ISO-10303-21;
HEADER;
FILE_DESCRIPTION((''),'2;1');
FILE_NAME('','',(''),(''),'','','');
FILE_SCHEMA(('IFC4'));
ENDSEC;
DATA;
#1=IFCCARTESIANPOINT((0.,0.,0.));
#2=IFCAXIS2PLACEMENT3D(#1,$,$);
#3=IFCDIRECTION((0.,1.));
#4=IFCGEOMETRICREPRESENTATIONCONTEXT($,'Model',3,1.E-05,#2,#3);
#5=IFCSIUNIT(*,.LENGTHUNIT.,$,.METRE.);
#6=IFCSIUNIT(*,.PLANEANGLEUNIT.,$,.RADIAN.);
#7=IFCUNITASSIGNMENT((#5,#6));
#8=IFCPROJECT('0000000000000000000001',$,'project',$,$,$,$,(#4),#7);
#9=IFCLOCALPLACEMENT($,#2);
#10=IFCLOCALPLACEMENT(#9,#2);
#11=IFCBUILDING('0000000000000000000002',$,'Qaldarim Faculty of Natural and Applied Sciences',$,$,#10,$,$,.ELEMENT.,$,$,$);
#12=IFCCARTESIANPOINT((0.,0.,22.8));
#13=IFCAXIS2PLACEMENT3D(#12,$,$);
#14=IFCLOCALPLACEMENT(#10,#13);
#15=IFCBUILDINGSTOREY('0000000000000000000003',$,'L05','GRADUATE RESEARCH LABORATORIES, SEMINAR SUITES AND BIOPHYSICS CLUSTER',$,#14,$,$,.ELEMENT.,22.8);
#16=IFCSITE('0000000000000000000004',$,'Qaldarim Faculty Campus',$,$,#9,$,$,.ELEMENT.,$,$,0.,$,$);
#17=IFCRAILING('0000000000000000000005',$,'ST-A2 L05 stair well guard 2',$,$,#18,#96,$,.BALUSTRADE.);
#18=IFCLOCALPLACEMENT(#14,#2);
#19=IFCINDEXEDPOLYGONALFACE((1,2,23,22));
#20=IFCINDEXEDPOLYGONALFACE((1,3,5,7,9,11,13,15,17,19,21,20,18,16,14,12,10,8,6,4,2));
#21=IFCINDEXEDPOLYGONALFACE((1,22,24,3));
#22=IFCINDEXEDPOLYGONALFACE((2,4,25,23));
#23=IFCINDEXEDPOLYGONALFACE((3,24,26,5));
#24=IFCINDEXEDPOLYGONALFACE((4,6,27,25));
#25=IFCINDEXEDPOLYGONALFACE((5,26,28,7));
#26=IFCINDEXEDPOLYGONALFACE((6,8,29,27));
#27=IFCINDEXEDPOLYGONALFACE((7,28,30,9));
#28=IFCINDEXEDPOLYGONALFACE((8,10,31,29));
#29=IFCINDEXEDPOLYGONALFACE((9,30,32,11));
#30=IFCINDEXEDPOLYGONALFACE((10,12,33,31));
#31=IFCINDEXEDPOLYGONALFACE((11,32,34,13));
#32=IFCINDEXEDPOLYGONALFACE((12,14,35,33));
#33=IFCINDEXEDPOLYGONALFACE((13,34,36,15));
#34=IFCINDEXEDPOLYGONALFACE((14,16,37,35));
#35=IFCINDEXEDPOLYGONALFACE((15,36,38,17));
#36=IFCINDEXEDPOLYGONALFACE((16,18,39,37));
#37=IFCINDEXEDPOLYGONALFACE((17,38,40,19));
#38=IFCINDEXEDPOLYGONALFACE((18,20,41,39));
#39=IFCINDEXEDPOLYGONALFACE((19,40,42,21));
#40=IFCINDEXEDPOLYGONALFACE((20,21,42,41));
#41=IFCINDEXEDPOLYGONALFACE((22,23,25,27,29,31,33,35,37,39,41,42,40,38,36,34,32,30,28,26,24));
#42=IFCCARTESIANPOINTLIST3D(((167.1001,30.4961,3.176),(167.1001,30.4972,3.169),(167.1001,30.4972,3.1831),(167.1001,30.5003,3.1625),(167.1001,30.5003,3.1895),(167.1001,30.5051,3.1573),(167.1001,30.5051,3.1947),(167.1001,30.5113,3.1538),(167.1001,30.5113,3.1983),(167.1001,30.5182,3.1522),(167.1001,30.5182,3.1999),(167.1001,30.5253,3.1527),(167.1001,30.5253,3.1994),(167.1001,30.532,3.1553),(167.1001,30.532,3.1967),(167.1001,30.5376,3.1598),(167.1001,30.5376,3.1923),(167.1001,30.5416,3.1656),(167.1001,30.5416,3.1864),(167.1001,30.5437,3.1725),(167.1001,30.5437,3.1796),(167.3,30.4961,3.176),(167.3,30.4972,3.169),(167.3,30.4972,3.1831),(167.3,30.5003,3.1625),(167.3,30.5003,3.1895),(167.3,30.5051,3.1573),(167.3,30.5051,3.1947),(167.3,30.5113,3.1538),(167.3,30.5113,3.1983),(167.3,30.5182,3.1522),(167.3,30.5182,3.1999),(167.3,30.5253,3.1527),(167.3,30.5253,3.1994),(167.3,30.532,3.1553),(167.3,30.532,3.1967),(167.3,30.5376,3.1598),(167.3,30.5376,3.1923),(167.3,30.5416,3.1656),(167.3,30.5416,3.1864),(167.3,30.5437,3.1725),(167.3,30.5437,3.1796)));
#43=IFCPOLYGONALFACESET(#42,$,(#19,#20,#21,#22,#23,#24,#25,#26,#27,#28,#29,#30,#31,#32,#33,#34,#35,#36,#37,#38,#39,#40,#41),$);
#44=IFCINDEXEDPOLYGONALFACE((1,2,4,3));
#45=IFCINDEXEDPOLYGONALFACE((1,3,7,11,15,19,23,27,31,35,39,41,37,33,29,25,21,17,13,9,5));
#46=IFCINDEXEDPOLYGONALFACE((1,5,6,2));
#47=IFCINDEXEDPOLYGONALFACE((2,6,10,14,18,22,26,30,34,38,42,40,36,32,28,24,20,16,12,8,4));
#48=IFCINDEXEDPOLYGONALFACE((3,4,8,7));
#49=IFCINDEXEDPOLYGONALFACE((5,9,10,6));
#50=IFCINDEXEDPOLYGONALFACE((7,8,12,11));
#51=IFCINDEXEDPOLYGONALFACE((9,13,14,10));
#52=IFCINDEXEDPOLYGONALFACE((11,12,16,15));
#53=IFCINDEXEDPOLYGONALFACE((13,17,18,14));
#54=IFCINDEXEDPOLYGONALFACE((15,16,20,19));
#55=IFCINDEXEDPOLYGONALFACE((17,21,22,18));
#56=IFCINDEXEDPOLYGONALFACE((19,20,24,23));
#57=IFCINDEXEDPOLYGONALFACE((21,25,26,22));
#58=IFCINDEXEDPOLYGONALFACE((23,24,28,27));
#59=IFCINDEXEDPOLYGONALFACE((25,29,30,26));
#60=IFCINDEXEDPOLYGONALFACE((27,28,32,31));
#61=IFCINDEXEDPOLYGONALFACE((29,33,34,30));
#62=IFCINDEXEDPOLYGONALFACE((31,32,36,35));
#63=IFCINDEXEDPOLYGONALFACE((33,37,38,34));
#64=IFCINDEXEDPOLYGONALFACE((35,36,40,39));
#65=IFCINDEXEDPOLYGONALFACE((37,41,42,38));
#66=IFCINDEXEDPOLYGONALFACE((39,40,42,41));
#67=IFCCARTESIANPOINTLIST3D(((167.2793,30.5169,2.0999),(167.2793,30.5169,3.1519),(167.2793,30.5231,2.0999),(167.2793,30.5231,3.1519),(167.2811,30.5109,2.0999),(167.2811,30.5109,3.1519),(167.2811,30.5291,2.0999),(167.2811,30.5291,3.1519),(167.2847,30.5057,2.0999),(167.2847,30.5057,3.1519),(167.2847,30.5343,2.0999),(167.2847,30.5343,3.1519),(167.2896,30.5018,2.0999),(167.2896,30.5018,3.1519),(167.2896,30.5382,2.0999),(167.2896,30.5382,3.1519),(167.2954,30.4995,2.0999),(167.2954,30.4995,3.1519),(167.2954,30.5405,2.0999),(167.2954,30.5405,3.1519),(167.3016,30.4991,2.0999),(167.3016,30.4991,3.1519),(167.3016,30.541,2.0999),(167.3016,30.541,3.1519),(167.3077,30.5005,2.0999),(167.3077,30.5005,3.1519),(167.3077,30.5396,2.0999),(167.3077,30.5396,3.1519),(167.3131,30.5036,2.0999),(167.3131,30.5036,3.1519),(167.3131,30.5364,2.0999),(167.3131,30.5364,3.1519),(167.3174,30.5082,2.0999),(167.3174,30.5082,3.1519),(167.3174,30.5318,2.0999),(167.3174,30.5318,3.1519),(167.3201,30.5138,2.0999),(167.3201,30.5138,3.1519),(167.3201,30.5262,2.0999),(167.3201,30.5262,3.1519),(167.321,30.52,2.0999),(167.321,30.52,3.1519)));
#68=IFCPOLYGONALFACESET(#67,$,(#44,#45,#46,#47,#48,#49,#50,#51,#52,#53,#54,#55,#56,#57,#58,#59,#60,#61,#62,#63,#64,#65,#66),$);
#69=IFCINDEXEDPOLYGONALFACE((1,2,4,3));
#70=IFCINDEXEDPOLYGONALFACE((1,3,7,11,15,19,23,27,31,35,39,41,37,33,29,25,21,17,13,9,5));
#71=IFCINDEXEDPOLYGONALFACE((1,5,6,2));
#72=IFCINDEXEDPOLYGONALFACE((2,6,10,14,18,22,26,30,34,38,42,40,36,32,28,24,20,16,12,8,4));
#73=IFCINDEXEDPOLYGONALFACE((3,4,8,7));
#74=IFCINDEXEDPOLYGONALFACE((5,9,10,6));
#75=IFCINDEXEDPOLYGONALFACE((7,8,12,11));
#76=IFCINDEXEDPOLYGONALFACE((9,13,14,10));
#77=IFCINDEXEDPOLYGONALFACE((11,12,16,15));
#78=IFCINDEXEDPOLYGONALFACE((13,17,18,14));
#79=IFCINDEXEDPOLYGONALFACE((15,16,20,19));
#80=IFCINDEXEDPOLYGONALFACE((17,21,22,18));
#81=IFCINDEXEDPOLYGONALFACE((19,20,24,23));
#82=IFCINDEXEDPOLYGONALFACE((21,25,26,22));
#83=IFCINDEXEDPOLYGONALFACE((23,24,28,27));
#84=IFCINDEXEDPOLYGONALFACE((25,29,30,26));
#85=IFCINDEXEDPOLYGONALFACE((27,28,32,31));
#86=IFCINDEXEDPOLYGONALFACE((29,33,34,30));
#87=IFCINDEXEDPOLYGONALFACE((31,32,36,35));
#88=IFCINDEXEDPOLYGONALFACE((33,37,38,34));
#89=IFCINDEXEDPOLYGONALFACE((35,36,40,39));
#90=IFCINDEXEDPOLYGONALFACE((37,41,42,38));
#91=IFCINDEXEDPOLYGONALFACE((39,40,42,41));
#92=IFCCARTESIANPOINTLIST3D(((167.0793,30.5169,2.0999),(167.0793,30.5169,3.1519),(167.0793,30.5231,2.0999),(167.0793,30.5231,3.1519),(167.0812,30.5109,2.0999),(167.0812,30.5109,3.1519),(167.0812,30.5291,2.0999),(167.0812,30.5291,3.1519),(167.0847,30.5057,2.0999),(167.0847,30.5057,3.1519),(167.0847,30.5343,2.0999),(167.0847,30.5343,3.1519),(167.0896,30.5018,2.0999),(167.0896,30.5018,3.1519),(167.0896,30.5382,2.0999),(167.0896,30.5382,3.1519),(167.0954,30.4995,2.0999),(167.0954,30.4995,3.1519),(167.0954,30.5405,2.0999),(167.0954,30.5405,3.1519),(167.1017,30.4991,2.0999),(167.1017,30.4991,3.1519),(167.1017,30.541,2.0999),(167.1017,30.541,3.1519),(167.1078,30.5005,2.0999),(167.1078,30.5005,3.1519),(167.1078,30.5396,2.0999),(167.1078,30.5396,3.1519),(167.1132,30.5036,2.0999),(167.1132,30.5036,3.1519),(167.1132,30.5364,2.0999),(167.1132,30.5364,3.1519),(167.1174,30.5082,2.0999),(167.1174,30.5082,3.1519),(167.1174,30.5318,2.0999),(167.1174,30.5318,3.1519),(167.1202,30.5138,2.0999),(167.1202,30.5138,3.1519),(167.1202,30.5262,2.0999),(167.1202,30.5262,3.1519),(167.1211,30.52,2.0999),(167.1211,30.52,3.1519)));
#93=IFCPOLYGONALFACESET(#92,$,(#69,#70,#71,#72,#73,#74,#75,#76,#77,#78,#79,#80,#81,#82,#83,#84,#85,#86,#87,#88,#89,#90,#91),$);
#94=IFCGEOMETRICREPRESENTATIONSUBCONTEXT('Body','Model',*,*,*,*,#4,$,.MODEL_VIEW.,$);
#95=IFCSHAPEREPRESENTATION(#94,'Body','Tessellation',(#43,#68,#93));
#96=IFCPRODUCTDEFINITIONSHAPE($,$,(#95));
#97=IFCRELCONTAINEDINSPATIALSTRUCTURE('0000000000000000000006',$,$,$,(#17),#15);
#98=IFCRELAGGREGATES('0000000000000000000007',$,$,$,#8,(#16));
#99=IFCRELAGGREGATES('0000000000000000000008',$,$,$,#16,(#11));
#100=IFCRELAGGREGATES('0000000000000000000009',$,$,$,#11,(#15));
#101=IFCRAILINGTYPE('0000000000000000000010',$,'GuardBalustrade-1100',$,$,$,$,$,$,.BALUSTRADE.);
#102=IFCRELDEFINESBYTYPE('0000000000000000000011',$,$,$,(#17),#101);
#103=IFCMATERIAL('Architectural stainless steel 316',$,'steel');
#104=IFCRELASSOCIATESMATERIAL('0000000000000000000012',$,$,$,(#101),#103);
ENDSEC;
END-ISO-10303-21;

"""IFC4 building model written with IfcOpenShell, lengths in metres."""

from ifc_helpers import new_model, si_unit, direction, frame, origin, origin_2d, place, context, subcontext, project, spatial, circle, extrude, material, type_object, element, save


model = new_model("IFC4")

# Units and contexts
model_context = context("Model", 3, precision=1e-05, world=origin(), true_north=direction((0.0, 1.0)))
body_context = subcontext(model_context, "Body", "Model", "MODEL_VIEW")
ifc_project = project(units=[si_unit("LENGTHUNIT", "METRE"), si_unit("PLANEANGLEUNIT", "RADIAN")], contexts=[model_context])

# Site, building, storey
site_placement = place(None, origin())
site = spatial("IfcSite", under=ifc_project, at=site_placement, Name="Qaldarim Faculty Campus", CompositionType="ELEMENT", RefElevation=0.0)
building_placement = place(site_placement, origin())
building = spatial("IfcBuilding", under=site, at=building_placement, Name="Qaldarim Faculty of Natural and Applied Sciences", CompositionType="ELEMENT")
storey_placement = place(building_placement, frame((0.0, 0.0, 22.8)))
storey = spatial("IfcBuildingStorey", under=building, at=storey_placement, Name="L05", Description="GRADUATE RESEARCH LABORATORIES, SEMINAR SUITES AND BIOPHYSICS CLUSTER", CompositionType="ELEMENT", Elevation=22.8)

# Railing
ifc_material_1 = material(Name="Architectural stainless steel 316", Category="steel")
railing_type = type_object("IfcRailingType", Name="GuardBalustrade-1100", PredefinedType="BALUSTRADE", material=ifc_material_1)
railing_placement = place(storey_placement, frame((167.3, 30.52, 2.0999)))
element("IfcRailing", 1, at=railing_placement, inside=storey, type_object=railing_type, Name="ST-A2 L05 stair well guard 2", PredefinedType="BALUSTRADE", context=body_context, shape_type="SweptSolid", body=[
    extrude(circle(Radius=0.0239, at=origin_2d()), frame((0.0, 0.0, 1.0762), z_axis=(-1.0, 0.0, 0.0), x_axis=(0.0, -1.0, 0.0)), (0.0, 0.0, 1.0), 0.2),
    extrude(circle(Radius=0.021, at=origin_2d()), origin(), (0.0, 0.0, 1.0), 1.052),
    extrude(circle(Radius=0.021, at=origin_2d()), frame((-0.2, 0.0, 0.0)), (0.0, 0.0, 1.0), 1.052),
])

save(model, "model.ifc")
